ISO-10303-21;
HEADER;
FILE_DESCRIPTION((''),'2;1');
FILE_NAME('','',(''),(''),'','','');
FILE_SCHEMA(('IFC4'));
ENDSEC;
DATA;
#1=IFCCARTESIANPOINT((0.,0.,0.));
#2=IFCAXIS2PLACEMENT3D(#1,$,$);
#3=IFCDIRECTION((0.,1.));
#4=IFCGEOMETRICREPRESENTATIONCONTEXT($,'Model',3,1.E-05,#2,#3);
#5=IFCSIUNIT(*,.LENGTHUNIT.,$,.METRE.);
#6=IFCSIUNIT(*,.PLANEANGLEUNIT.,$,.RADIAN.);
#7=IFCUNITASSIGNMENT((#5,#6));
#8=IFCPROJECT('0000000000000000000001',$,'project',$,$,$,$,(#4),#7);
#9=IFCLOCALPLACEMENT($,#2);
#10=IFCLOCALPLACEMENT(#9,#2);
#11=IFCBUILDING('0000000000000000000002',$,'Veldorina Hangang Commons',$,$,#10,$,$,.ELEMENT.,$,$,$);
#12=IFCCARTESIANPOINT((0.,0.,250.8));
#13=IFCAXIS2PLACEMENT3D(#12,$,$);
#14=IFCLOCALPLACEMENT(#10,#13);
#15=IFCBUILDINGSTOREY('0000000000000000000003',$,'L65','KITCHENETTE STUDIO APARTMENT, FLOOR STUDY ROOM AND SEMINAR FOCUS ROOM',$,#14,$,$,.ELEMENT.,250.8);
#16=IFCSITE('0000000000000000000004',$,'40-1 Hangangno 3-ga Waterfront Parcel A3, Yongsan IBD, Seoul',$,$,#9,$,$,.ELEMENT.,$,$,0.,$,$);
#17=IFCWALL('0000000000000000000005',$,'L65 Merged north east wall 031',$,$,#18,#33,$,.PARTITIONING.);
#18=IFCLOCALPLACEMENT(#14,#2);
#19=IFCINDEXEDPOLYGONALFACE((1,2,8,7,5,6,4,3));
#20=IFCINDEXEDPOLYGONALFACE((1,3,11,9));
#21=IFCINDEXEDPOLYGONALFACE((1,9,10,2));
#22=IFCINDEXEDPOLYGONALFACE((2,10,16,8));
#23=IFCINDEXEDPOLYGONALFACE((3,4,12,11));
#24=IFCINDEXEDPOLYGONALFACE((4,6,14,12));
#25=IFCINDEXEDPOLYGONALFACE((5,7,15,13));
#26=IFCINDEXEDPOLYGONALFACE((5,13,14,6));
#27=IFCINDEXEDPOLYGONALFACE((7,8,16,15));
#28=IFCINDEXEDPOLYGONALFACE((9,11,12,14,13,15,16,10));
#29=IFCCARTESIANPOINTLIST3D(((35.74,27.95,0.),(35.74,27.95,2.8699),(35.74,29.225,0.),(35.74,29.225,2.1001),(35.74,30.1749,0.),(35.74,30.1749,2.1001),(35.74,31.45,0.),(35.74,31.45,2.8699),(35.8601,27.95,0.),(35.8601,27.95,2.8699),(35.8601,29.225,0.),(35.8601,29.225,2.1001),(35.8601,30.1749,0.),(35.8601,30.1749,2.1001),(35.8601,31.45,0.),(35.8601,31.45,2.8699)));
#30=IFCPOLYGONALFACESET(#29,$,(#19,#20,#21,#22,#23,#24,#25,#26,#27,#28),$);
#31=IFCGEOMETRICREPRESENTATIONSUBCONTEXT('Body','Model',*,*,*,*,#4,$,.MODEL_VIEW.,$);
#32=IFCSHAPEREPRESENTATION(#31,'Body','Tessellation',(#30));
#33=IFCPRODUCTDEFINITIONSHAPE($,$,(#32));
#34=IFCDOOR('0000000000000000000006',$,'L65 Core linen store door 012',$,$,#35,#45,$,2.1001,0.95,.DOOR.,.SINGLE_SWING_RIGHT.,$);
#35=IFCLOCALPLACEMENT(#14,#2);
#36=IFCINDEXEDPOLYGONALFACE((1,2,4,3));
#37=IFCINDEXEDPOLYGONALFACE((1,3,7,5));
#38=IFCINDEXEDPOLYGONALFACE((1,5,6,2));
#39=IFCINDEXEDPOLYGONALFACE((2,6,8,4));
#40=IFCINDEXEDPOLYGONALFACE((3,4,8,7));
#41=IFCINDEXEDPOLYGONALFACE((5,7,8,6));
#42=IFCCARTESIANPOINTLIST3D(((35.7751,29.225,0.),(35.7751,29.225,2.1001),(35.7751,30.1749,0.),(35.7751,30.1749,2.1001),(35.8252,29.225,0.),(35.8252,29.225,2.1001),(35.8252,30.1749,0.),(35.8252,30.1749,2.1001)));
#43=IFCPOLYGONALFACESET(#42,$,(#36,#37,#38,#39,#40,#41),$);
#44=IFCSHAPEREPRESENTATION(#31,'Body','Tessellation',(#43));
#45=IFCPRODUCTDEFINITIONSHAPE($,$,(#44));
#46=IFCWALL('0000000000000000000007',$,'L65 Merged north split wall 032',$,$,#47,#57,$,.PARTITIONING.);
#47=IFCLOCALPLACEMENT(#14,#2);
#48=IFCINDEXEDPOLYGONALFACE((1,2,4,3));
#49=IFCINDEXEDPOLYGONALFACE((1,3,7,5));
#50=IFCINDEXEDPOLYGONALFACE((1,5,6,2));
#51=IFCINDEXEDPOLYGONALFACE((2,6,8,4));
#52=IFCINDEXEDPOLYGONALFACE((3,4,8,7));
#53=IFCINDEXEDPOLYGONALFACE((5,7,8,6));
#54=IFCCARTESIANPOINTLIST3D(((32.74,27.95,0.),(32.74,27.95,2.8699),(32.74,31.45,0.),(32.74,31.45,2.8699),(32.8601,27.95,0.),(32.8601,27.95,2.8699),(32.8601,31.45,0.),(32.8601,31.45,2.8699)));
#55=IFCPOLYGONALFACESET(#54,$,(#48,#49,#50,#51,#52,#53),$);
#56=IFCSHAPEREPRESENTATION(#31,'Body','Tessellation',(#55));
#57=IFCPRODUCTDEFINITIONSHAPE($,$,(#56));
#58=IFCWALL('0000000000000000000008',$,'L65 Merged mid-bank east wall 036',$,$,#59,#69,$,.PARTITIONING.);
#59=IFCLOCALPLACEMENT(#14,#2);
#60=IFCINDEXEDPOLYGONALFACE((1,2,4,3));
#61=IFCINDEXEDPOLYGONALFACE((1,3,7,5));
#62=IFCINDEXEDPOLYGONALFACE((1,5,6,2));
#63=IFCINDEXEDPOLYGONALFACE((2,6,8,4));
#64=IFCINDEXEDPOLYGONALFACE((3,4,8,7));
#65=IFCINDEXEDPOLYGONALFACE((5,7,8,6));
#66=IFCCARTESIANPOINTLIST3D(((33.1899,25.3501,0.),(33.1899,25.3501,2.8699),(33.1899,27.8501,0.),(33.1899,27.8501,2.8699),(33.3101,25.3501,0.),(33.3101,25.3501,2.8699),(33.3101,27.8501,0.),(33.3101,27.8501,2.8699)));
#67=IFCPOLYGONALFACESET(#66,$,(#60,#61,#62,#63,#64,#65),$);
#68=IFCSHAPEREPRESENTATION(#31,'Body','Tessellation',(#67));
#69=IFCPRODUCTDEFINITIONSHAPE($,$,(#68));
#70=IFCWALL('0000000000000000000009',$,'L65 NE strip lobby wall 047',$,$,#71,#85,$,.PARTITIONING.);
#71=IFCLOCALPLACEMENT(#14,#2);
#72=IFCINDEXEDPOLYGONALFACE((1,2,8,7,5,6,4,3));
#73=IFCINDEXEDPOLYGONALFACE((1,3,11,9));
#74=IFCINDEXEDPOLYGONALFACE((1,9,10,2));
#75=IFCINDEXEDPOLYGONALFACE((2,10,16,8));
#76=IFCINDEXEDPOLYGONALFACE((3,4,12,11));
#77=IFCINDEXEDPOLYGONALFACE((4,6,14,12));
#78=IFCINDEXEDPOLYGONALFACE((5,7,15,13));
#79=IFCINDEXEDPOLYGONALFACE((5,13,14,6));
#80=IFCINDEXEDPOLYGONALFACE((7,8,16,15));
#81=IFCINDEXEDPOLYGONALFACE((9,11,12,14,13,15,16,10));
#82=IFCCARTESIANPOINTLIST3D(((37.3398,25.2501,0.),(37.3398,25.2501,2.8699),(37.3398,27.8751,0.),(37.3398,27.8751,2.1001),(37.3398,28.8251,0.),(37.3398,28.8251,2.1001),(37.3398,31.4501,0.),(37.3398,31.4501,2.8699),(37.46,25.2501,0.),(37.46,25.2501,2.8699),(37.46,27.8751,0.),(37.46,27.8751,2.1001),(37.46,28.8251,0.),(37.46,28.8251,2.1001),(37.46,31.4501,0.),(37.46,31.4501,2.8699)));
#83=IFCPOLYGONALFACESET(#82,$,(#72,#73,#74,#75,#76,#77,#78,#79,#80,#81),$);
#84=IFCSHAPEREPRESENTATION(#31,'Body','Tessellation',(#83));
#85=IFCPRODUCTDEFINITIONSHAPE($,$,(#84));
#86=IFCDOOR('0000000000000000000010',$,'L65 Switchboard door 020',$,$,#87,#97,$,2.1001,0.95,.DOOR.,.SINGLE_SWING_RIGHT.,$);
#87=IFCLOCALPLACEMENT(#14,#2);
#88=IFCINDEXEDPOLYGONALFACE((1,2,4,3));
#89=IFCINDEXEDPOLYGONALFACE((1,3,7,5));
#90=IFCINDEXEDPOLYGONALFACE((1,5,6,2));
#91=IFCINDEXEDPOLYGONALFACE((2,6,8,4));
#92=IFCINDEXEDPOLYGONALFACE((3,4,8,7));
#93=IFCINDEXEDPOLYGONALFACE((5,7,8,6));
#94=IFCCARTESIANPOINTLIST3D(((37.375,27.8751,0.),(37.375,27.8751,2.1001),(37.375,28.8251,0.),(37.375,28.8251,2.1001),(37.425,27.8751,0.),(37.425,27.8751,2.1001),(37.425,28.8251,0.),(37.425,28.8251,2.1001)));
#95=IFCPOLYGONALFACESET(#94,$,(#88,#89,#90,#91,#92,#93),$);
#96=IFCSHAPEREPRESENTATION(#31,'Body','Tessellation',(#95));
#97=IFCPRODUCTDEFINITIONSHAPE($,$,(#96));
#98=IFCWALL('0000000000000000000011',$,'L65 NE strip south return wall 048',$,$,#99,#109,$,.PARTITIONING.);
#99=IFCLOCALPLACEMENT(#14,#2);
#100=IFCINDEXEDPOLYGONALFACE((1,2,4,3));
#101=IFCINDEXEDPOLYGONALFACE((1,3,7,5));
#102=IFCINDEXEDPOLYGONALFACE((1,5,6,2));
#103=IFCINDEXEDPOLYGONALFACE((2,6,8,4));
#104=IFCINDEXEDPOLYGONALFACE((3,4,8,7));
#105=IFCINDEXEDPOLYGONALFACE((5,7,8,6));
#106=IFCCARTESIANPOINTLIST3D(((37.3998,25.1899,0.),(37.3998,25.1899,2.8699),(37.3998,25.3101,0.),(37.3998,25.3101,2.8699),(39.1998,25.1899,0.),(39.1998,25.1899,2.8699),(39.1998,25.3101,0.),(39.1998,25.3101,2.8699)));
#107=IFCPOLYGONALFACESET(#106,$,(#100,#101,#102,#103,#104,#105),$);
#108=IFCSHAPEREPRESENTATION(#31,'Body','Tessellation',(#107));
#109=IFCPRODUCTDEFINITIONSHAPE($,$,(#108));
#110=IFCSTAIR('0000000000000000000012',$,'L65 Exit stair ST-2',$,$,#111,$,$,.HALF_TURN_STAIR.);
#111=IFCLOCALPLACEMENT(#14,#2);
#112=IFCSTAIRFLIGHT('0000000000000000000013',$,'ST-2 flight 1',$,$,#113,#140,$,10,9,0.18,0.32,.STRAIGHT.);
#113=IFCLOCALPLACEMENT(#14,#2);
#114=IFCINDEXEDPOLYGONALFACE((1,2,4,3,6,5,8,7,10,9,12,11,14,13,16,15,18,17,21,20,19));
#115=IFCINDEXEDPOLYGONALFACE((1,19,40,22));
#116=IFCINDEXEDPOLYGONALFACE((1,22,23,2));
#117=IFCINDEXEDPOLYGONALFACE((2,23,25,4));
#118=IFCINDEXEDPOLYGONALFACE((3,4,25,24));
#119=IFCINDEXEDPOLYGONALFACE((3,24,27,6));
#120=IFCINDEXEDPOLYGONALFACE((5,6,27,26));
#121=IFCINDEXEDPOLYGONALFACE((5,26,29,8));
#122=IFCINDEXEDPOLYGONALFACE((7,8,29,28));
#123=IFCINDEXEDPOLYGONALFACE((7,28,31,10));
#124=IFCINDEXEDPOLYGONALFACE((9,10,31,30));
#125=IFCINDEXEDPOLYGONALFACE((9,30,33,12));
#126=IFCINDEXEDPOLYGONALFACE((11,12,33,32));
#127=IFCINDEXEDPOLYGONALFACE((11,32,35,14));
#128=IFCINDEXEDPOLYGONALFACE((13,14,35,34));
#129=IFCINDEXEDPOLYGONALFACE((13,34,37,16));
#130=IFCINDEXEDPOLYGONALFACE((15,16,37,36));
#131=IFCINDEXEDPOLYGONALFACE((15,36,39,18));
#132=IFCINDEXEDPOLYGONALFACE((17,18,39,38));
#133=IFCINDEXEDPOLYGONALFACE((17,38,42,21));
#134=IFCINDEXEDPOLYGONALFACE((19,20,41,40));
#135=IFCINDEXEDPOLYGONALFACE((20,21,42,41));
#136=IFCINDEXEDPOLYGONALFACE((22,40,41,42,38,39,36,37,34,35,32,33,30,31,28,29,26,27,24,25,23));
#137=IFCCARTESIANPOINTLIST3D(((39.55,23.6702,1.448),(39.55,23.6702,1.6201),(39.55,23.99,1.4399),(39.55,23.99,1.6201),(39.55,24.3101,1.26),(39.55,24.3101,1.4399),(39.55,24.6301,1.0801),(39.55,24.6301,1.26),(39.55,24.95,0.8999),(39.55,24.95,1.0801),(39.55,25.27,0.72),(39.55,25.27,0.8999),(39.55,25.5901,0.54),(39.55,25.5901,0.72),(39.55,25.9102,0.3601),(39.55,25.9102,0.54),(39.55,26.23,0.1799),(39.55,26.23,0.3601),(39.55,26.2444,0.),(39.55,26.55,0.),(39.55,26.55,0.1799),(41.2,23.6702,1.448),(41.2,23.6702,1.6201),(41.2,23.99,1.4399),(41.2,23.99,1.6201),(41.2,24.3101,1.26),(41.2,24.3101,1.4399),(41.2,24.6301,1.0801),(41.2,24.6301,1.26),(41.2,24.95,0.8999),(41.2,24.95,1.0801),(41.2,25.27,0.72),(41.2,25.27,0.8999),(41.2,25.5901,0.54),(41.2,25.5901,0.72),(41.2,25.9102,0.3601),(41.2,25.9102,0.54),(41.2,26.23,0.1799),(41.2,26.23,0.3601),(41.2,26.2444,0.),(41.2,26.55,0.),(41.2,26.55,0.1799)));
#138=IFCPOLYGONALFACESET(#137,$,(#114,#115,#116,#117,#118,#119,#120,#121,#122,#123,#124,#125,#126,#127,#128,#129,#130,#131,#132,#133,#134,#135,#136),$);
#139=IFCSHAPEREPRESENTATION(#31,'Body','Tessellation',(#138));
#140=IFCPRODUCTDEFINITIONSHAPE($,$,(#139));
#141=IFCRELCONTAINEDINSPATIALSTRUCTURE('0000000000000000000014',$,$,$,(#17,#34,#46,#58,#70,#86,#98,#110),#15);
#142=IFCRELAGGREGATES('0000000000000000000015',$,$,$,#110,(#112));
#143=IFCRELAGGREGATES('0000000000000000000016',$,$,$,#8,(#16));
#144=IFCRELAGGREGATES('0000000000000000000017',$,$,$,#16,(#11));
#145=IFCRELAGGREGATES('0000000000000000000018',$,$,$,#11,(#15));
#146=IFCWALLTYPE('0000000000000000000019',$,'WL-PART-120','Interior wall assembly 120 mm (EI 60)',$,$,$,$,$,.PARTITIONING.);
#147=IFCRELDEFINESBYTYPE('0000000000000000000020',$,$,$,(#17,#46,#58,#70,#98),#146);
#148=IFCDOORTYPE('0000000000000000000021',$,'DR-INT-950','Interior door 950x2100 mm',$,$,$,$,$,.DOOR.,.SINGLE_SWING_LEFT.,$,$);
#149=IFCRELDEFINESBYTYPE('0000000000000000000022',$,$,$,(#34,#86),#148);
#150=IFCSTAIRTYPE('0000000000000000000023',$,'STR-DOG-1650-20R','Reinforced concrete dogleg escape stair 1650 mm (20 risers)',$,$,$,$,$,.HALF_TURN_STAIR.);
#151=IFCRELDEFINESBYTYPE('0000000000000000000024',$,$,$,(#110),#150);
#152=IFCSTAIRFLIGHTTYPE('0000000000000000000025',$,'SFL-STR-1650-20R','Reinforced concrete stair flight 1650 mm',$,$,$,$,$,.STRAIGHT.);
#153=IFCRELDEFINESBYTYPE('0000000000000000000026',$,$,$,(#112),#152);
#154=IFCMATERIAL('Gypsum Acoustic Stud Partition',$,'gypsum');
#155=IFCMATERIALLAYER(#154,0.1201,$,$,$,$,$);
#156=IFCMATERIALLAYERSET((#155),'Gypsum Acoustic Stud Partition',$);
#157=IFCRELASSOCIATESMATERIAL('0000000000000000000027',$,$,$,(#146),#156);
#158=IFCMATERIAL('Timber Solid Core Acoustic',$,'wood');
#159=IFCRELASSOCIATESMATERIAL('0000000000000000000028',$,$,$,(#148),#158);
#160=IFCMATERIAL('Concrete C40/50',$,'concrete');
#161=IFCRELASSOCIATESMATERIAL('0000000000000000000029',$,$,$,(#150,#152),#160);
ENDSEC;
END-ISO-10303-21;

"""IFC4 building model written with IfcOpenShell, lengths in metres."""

from ifc_helpers import new_model, si_unit, direction, frame, frame_2d, origin, place, context, subcontext, project, spatial, polyline, rectangle, outline, extrude, material, layer, layer_set, type_object, element, fill, aggregate, save


model = new_model("IFC4")

# Units and contexts
model_context = context("Model", 3, precision=1e-05, world=origin(), true_north=direction((0.0, 1.0)))
body_context = subcontext(model_context, "Body", "Model", "MODEL_VIEW")
ifc_project = project(units=[si_unit("LENGTHUNIT", "METRE"), si_unit("PLANEANGLEUNIT", "RADIAN")], contexts=[model_context])

# Site, building, storey
site_placement = place(None, origin())
site = spatial("IfcSite", under=ifc_project, at=site_placement, Name="40-1 Hangangno 3-ga Waterfront Parcel A3, Yongsan IBD, Seoul", CompositionType="ELEMENT", RefElevation=0.0)
building_placement = place(site_placement, origin())
building = spatial("IfcBuilding", under=site, at=building_placement, Name="Veldorina Hangang Commons", CompositionType="ELEMENT")
storey_placement = place(building_placement, frame((0.0, 0.0, 250.8)))
storey = spatial("IfcBuildingStorey", under=building, at=storey_placement, Name="L65", Description="KITCHENETTE STUDIO APARTMENT, FLOOR STUDY ROOM AND SEMINAR FOCUS ROOM", CompositionType="ELEMENT", Elevation=250.8)

# Wall, opening, door
ifc_material_1 = material(Name="Gypsum Acoustic Stud Partition", Category="gypsum")
ifc_layer_1 = layer(ifc_material_1, 0.1201)
ifc_layer_set_1 = layer_set([ifc_layer_1], Name="Gypsum Acoustic Stud Partition")
wall_type_1 = type_object("IfcWallType", Name="WL-PART-120", Description="Interior wall assembly 120 mm (EI 60)", PredefinedType="PARTITIONING", material=ifc_layer_set_1)
wall_1_placement = place(storey_placement, frame((35.8, 27.95, 0.0), z_axis=(0.0, 0.0, 1.0), x_axis=(0.0, 1.0, 0.0)))
wall_1 = element("IfcWall", 1, at=wall_1_placement, inside=storey, type_object=wall_type_1, Name="L65 Merged north east wall 031", PredefinedType="PARTITIONING", context=body_context, shape_type="SweptSolid", body=[
    extrude(rectangle(XDim=3.5, YDim=0.1201, at=frame_2d((1.75, 0.0))), origin(), (0.0, 0.0, 1.0), 2.8699),
])
opening_1_placement = place(wall_1_placement, frame((1.2749, 0.0, 0.0)))
opening_1 = element("IfcOpeningElement", 2, at=opening_1_placement, cuts=wall_1, PredefinedType="OPENING", context=body_context, shape_type="SweptSolid", body=[
    extrude(rectangle(XDim=0.95, YDim=2.1001, at=frame_2d((0.4751, 1.05))), frame((0.0, 0.0701, 0.0), z_axis=(0.0, -1.0, 0.0), x_axis=(1.0, 0.0, 0.0)), (0.0, 0.0, 1.0), 0.1401),
])
ifc_material_2 = material(Name="Timber Solid Core Acoustic", Category="wood")
door_type_1 = type_object("IfcDoorType", Name="DR-INT-950", Description="Interior door 950x2100 mm", OperationType="SINGLE_SWING_LEFT", PredefinedType="DOOR", material=ifc_material_2)
door_1_placement = place(opening_1_placement, origin())
door_1 = element("IfcDoor", 3, at=door_1_placement, inside=storey, type_object=door_type_1, Name="L65 Core linen store door 012", OperationType="SINGLE_SWING_RIGHT", OverallHeight=2.1001, OverallWidth=0.95, PredefinedType="DOOR", context=body_context, shape_type="SweptSolid", body=[
    extrude(rectangle(XDim=0.95, YDim=2.1001, at=frame_2d((0.4751, 1.05))), frame((0.0, 0.0249, 0.0), z_axis=(0.0, -1.0, 0.0), x_axis=(1.0, 0.0, 0.0)), (0.0, 0.0, 1.0), 0.05),
])
fill(opening_1, door_1)

# Walls
wall_2_placement = place(storey_placement, frame((32.8, 27.95, 0.0), z_axis=(0.0, 0.0, 1.0), x_axis=(0.0, 1.0, 0.0)))
element("IfcWall", 4, at=wall_2_placement, inside=storey, type_object=wall_type_1, Name="L65 Merged north split wall 032", PredefinedType="PARTITIONING", context=body_context, shape_type="SweptSolid", body=[
    extrude(rectangle(XDim=3.5, YDim=0.1201, at=frame_2d((1.75, 0.0))), origin(), (0.0, 0.0, 1.0), 2.8699),
])
wall_3_placement = place(storey_placement, frame((33.25, 25.3501, 0.0), z_axis=(0.0, 0.0, 1.0), x_axis=(0.0, 1.0, 0.0)))
element("IfcWall", 5, at=wall_3_placement, inside=storey, type_object=wall_type_1, Name="L65 Merged mid-bank east wall 036", PredefinedType="PARTITIONING", context=body_context, shape_type="SweptSolid", body=[
    extrude(rectangle(XDim=2.5, YDim=0.1201, at=frame_2d((1.25, 0.0))), origin(), (0.0, 0.0, 1.0), 2.8699),
])

# Wall, opening, door
wall_4_placement = place(storey_placement, frame((37.3999, 25.25, 0.0), z_axis=(0.0, 0.0, 1.0), x_axis=(0.0, 1.0, 0.0)))
wall_4 = element("IfcWall", 6, at=wall_4_placement, inside=storey, type_object=wall_type_1, Name="L65 NE strip lobby wall 047", PredefinedType="PARTITIONING", context=body_context, shape_type="SweptSolid", body=[
    extrude(rectangle(XDim=6.2, YDim=0.1201, at=frame_2d((3.1001, 0.0))), origin(), (0.0, 0.0, 1.0), 2.8699),
])
opening_2_placement = place(wall_4_placement, frame((2.625, 0.0, 0.0)))
opening_2 = element("IfcOpeningElement", 7, at=opening_2_placement, cuts=wall_4, PredefinedType="OPENING", context=body_context, shape_type="SweptSolid", body=[
    extrude(rectangle(XDim=0.95, YDim=2.1001, at=frame_2d((0.4751, 1.05))), frame((0.0, 0.0701, 0.0), z_axis=(0.0, -1.0, 0.0), x_axis=(1.0, 0.0, 0.0)), (0.0, 0.0, 1.0), 0.1401),
])
door_2_placement = place(opening_2_placement, origin())
door_2 = element("IfcDoor", 8, at=door_2_placement, inside=storey, type_object=door_type_1, Name="L65 Switchboard door 020", OperationType="SINGLE_SWING_RIGHT", OverallHeight=2.1001, OverallWidth=0.95, PredefinedType="DOOR", context=body_context, shape_type="SweptSolid", body=[
    extrude(rectangle(XDim=0.95, YDim=2.1001, at=frame_2d((0.4751, 1.05))), frame((0.0, 0.0249, 0.0), z_axis=(0.0, -1.0, 0.0), x_axis=(1.0, 0.0, 0.0)), (0.0, 0.0, 1.0), 0.05),
])
fill(opening_2, door_2)

# Wall
wall_5_placement = place(storey_placement, frame((37.3999, 25.25, 0.0), z_axis=(0.0, 0.0, 1.0), x_axis=(1.0, 0.0, 0.0)))
element("IfcWall", 9, at=wall_5_placement, inside=storey, type_object=wall_type_1, Name="L65 NE strip south return wall 048", PredefinedType="PARTITIONING", context=body_context, shape_type="SweptSolid", body=[
    extrude(rectangle(XDim=1.8, YDim=0.1201, at=frame_2d((0.8999, 0.0))), origin(), (0.0, 0.0, 1.0), 2.8699),
])

# Stair, stair flight
ifc_material_3 = material(Name="Concrete C40/50", Category="concrete")
stair_type = type_object("IfcStairType", Name="STR-DOG-1650-20R", Description="Reinforced concrete dogleg escape stair 1650 mm (20 risers)", PredefinedType="HALF_TURN_STAIR", material=ifc_material_3)
stair_placement = place(storey_placement, origin())
stair = element("IfcStair", 10, at=stair_placement, inside=storey, type_object=stair_type, Name="L65 Exit stair ST-2", PredefinedType="HALF_TURN_STAIR")
stair_flight_type = type_object("IfcStairFlightType", Name="SFL-STR-1650-20R", Description="Reinforced concrete stair flight 1650 mm", PredefinedType="STRAIGHT", material=ifc_material_3)
stair_flight_placement = place(storey_placement, frame((40.375, 26.55, 0.0), z_axis=(0.0, 0.0, 1.0), x_axis=(0.0, -1.0, 0.0)))
stair_flight = element("IfcStairFlight", 11, at=stair_flight_placement, type_object=stair_flight_type, Name="ST-2 flight 1", NumberOfRisers=10, NumberOfTreads=9, PredefinedType="STRAIGHT", RiserHeight=0.18, TreadLength=0.32, context=body_context, shape_type="SweptSolid", body=[
    extrude(outline(polyline([(0.0, 0.0), (0.0, 0.1799), (0.3201, 0.1799), (0.3201, 0.3601), (0.6399, 0.3601), (0.6399, 0.54), (0.96, 0.54), (0.96, 0.72), (1.28, 0.72), (1.28, 0.8999), (1.6001, 0.8999), (1.6001, 1.0801), (1.9199, 1.0801), (1.9199, 1.26), (2.24, 1.26), (2.24, 1.4399), (2.5601, 1.4399), (2.5601, 1.6201), (2.8799, 1.6201), (2.8799, 1.8), (2.8799, 1.448), (0.3057, 0.0), (0.0, 0.0)])), frame((0.0, 0.825, 0.0), z_axis=(0.0, -1.0, 0.0), x_axis=(1.0, 0.0, 0.0)), (0.0, 0.0, 1.0), 1.6499),
])
aggregate(stair, [stair_flight])

save(model, "model.ifc")
